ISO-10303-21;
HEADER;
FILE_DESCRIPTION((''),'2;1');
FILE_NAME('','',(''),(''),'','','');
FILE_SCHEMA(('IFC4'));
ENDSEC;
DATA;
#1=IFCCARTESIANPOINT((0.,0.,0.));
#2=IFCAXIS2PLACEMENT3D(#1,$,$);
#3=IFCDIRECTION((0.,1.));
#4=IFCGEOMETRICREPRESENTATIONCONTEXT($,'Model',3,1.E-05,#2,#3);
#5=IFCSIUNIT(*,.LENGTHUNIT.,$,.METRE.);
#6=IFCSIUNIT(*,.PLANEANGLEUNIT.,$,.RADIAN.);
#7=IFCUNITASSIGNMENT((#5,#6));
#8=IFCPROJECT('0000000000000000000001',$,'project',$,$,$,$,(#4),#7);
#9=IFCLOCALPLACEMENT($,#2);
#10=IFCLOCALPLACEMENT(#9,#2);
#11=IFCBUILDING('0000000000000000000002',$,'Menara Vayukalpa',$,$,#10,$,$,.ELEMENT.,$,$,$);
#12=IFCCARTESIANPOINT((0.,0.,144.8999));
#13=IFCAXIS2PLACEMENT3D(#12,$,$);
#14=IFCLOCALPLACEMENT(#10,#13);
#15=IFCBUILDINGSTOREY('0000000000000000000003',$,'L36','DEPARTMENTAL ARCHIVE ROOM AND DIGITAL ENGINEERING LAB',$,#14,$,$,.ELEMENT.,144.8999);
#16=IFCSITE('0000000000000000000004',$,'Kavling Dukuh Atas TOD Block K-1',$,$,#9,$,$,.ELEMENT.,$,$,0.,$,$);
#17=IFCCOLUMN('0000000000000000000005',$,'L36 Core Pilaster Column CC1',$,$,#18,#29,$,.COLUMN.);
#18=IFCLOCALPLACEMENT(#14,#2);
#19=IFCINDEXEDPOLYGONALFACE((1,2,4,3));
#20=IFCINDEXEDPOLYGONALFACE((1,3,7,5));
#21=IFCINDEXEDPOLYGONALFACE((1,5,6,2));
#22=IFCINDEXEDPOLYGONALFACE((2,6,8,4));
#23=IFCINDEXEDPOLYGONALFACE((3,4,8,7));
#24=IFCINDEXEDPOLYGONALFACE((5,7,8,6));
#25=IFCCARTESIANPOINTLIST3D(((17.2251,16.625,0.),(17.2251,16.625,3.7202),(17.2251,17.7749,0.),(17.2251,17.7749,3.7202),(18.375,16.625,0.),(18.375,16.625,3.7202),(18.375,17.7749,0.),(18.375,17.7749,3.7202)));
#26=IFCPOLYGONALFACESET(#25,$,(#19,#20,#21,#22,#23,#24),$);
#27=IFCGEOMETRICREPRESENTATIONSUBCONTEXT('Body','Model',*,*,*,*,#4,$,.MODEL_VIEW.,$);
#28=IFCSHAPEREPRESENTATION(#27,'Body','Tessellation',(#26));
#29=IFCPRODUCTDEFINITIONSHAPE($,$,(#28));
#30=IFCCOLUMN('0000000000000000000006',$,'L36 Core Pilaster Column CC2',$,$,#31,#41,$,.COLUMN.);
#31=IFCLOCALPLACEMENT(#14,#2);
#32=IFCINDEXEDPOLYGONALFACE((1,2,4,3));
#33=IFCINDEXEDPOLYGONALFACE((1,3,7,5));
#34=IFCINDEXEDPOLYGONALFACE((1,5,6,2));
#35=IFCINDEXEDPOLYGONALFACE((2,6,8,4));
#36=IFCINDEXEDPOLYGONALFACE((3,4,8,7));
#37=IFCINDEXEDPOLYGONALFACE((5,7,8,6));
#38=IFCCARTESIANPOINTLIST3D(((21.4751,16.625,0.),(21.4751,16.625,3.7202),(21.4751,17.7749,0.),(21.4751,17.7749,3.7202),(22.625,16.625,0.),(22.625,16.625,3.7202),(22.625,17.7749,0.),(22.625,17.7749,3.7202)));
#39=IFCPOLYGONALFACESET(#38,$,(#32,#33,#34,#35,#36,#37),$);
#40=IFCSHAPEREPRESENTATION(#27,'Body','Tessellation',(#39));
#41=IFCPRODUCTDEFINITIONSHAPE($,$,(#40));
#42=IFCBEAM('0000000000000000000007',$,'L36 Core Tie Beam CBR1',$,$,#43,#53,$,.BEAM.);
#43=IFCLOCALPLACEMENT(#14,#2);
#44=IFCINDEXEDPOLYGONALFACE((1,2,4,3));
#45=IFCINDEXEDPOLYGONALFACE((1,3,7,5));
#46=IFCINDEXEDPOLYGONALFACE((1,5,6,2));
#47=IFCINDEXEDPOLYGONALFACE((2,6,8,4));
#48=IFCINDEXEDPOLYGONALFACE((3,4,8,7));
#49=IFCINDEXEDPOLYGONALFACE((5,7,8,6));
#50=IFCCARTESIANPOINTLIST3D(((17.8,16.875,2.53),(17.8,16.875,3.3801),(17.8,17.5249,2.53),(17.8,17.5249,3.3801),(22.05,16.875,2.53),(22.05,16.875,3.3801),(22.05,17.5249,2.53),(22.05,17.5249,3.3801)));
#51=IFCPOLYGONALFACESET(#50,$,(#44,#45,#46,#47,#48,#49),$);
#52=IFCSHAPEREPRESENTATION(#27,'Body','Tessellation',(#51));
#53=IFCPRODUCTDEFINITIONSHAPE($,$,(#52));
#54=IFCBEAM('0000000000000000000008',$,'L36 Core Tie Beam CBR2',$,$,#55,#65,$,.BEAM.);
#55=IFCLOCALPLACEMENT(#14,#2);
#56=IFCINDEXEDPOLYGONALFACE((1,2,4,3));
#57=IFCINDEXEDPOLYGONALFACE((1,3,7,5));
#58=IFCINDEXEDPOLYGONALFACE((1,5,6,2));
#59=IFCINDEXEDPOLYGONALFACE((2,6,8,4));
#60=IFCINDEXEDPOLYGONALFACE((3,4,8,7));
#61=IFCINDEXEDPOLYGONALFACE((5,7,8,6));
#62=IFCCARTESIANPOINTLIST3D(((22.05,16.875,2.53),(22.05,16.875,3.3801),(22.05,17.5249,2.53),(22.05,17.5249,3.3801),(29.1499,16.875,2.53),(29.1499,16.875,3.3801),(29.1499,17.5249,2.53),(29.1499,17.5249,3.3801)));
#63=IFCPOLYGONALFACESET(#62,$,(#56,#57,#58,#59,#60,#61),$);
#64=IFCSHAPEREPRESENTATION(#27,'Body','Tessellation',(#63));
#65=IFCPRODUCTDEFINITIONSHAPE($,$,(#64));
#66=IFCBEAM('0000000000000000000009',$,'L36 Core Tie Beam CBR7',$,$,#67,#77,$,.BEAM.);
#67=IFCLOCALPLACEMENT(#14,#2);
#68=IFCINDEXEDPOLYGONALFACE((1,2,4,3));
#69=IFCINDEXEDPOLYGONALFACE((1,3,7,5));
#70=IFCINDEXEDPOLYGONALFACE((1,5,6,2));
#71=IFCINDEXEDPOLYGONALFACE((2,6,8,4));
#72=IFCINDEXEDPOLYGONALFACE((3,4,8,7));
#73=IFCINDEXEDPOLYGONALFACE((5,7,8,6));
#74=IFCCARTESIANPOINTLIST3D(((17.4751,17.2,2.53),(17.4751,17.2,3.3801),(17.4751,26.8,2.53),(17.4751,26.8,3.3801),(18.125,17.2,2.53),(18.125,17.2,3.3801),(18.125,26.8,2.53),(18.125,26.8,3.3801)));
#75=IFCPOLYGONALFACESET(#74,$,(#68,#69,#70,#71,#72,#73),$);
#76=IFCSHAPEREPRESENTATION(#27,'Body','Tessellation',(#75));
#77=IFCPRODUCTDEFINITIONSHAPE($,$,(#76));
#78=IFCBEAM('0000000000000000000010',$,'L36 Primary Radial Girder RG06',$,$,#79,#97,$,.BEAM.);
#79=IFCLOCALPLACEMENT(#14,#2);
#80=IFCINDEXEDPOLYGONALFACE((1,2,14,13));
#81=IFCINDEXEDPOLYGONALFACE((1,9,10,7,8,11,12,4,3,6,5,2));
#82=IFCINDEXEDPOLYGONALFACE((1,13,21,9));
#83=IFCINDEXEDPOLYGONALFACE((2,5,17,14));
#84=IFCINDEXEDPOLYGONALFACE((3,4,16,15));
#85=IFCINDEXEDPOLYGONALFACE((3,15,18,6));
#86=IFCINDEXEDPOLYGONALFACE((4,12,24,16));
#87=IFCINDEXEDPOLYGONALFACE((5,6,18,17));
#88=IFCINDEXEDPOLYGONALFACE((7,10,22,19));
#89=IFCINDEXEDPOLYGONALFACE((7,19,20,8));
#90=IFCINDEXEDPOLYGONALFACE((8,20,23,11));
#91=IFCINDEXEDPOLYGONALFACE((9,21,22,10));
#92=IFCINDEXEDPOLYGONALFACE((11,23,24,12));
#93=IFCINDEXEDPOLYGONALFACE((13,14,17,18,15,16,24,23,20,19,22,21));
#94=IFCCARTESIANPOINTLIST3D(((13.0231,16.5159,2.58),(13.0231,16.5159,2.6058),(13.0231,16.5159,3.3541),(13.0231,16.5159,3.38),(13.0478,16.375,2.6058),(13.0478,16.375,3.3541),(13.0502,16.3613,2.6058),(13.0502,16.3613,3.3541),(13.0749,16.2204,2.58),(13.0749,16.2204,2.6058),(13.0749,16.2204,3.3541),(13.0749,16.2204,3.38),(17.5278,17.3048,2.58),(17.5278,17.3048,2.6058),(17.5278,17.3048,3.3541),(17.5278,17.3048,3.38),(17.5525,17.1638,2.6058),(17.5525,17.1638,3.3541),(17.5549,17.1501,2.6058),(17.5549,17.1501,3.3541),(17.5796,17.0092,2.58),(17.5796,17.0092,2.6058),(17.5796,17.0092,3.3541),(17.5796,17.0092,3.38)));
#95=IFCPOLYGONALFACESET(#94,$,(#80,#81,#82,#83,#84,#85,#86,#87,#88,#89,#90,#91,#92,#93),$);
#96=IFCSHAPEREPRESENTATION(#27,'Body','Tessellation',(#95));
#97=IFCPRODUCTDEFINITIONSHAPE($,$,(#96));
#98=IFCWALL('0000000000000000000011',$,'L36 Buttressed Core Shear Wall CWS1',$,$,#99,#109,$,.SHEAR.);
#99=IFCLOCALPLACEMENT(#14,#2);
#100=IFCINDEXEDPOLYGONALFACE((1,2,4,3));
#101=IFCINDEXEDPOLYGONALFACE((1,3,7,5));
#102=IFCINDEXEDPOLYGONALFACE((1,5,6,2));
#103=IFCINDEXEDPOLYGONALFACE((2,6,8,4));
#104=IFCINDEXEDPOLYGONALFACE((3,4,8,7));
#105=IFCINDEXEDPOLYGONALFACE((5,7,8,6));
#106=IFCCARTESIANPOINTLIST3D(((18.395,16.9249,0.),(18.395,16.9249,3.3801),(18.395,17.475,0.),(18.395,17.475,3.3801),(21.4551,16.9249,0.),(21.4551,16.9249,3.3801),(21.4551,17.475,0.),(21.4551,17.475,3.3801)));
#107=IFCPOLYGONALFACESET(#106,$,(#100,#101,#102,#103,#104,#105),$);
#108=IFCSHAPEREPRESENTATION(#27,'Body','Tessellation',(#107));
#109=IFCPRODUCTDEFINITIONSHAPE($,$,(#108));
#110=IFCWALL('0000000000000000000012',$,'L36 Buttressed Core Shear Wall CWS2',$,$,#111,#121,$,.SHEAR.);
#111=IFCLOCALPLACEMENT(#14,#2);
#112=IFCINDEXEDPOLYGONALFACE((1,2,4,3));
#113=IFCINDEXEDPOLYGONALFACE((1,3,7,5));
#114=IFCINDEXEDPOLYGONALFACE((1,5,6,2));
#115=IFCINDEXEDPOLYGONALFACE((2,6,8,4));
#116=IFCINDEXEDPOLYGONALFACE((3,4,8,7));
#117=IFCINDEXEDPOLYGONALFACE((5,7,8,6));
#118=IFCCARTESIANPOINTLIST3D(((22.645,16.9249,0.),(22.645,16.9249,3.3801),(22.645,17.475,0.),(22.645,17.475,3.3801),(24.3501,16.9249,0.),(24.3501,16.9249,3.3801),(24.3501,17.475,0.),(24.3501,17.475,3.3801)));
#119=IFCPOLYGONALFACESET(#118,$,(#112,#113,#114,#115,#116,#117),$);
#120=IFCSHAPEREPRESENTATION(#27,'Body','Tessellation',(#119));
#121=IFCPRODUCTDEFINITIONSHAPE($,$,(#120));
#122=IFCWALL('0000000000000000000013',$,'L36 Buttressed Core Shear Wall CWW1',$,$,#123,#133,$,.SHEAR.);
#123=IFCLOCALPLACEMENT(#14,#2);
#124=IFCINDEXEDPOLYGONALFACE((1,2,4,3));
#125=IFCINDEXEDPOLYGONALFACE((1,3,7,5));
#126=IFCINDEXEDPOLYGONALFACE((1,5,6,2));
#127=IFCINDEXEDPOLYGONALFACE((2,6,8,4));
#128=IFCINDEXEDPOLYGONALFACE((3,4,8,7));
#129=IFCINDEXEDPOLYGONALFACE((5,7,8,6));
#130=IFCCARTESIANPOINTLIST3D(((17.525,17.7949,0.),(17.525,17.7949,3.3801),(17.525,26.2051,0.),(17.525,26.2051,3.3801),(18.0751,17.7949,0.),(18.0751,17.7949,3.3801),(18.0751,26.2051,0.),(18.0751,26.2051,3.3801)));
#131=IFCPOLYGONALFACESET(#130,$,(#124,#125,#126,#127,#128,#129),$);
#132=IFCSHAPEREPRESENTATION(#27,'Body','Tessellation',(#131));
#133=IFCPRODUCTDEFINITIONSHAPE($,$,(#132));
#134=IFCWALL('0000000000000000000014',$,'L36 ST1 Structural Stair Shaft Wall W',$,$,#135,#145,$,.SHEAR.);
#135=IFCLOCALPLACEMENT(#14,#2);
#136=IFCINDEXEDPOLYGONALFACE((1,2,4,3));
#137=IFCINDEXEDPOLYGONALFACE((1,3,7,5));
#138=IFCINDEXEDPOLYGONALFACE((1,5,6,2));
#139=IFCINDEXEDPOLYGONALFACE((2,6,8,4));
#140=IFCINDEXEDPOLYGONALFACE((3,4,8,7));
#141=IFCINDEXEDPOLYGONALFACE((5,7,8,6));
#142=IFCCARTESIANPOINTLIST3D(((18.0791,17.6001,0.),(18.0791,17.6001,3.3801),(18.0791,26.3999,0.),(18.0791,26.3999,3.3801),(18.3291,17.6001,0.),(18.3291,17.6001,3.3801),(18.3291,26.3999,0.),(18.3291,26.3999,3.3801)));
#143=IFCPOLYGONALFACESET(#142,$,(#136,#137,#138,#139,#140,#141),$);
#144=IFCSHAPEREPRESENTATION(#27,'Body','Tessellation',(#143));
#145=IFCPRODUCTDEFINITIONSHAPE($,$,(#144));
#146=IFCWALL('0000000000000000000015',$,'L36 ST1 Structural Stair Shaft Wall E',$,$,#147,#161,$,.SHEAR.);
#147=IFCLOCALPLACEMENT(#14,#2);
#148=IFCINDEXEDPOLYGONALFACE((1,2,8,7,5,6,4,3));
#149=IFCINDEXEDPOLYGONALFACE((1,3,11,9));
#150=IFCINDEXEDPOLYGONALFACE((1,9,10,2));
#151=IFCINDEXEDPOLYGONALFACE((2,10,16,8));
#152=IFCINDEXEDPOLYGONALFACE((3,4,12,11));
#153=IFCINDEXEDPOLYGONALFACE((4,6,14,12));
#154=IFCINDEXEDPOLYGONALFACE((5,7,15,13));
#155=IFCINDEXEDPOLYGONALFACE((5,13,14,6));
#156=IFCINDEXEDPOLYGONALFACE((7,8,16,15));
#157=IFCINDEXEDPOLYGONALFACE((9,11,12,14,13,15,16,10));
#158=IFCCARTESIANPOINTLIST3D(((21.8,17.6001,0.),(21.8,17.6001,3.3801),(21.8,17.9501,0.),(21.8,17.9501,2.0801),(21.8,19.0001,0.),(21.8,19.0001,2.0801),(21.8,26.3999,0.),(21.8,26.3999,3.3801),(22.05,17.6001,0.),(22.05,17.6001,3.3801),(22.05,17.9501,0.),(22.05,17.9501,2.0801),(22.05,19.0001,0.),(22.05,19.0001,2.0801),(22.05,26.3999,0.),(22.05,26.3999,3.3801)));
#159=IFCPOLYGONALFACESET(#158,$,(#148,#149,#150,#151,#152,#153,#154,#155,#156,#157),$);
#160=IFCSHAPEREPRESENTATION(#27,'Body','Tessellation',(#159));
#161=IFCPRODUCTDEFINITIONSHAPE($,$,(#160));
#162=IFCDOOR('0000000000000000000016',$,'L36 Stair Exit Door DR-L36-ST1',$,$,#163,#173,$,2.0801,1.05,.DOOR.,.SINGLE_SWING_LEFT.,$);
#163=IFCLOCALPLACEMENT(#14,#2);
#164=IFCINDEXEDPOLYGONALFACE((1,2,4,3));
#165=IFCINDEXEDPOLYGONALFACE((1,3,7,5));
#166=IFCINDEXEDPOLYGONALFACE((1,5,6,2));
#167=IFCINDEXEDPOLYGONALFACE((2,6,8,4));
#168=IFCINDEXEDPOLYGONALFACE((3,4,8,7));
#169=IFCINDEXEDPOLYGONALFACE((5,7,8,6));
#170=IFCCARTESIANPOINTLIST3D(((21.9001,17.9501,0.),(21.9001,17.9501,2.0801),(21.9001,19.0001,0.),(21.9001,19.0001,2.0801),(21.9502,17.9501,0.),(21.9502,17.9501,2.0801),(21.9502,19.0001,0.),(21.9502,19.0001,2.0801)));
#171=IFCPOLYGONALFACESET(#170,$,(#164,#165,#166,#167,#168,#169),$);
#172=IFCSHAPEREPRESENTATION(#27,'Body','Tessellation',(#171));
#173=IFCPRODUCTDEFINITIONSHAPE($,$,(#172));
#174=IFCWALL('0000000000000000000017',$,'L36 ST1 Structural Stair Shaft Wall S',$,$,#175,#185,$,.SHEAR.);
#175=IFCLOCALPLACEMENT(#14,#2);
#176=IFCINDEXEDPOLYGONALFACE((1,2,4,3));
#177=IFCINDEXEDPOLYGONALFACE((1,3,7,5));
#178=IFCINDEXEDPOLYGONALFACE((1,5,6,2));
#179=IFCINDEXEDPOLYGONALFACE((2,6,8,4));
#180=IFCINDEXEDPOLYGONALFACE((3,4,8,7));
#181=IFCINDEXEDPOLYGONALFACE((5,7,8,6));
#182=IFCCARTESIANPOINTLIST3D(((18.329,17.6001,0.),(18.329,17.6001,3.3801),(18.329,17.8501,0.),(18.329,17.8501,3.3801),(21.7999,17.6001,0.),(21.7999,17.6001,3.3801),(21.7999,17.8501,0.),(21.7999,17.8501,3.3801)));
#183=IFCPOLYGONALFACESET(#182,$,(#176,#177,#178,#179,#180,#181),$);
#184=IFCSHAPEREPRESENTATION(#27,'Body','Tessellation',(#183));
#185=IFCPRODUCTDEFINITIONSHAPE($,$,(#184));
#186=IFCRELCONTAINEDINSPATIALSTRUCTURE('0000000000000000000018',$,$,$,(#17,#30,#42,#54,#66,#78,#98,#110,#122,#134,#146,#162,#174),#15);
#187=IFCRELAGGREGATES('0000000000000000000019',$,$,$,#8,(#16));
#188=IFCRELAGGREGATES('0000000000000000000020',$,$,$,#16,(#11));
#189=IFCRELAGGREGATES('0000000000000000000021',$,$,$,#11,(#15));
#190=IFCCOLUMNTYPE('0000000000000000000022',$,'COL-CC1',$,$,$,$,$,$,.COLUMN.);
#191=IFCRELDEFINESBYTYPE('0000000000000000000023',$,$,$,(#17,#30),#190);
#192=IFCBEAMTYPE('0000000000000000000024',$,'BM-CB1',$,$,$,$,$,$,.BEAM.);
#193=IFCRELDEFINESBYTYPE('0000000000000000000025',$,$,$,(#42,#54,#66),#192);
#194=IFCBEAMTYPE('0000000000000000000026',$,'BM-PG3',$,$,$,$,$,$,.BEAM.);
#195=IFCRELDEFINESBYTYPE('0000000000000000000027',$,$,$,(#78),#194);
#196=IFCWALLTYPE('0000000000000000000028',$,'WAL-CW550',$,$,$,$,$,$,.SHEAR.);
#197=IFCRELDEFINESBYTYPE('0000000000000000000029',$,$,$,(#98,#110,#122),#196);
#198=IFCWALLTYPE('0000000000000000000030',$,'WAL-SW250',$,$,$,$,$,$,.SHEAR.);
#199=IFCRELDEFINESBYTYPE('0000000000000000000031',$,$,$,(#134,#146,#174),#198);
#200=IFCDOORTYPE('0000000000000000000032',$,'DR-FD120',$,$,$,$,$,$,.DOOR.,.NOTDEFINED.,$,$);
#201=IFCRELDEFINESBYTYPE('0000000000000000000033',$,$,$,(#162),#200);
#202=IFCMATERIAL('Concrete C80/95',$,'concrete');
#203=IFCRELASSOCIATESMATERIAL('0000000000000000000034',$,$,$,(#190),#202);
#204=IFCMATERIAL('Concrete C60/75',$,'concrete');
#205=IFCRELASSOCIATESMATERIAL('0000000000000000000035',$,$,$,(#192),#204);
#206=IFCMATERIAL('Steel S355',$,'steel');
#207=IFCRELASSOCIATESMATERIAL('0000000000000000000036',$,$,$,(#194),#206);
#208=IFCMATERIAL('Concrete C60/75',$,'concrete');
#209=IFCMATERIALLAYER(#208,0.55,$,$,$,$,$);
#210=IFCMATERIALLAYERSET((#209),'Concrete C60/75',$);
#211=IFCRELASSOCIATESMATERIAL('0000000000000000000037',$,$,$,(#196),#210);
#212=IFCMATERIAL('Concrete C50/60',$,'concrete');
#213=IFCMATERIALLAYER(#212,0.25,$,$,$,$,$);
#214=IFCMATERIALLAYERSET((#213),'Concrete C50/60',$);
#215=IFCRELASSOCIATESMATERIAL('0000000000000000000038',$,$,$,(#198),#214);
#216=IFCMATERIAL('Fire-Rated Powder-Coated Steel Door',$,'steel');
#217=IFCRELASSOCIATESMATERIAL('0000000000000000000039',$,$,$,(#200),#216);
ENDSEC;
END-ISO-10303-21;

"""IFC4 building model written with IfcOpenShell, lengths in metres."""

from ifc_helpers import new_model, si_unit, direction, frame, frame_2d, origin, origin_2d, place, context, subcontext, project, spatial, rectangle, i_section, extrude, material, layer, layer_set, material_profile, profile_set, type_object, element, fill, save


model = new_model("IFC4")

# Units and contexts
model_context = context("Model", 3, precision=1e-05, world=origin(), true_north=direction((0.0, 1.0)))
body_context = subcontext(model_context, "Body", "Model", "MODEL_VIEW")
ifc_project = project(units=[si_unit("LENGTHUNIT", "METRE"), si_unit("PLANEANGLEUNIT", "RADIAN")], contexts=[model_context])

# Site, building, storey
site_placement = place(None, origin())
site = spatial("IfcSite", under=ifc_project, at=site_placement, Name="Kavling Dukuh Atas TOD Block K-1", CompositionType="ELEMENT", RefElevation=0.0)
building_placement = place(site_placement, origin())
building = spatial("IfcBuilding", under=site, at=building_placement, Name="Menara Vayukalpa", CompositionType="ELEMENT")
storey_placement = place(building_placement, frame((0.0, 0.0, 144.8999)))
storey = spatial("IfcBuildingStorey", under=building, at=storey_placement, Name="L36", Description="DEPARTMENTAL ARCHIVE ROOM AND DIGITAL ENGINEERING LAB", CompositionType="ELEMENT", Elevation=144.8999)

# Columns
ifc_material_1 = material(Name="Concrete C80/95", Category="concrete")
ifc_material_profile_1 = material_profile(ifc_material_1, rectangle(XDim=1.1499, YDim=1.1499, at=origin_2d()), Name="RC 1150x1150")
ifc_profile_set_1 = profile_set([ifc_material_profile_1], Name="Concrete C80/95")
column_type = type_object("IfcColumnType", Name="COL-CC1", PredefinedType="COLUMN", material=ifc_profile_set_1)
for number, where, z_axis, x_axis, name in (
    (1, (17.8, 17.2, 0.0), (0.0, 0.0, 1.0), (1.0, 0.0, 0.0), "L36 Core Pilaster Column CC1"),
    (2, (22.05, 17.2, 0.0), (0.0, 0.0, 1.0), (1.0, 0.0, 0.0), "L36 Core Pilaster Column CC2"),
):
    element("IfcColumn", number, at=place(storey_placement, frame(where, z_axis=z_axis, x_axis=x_axis)), inside=storey, type_object=column_type, Name=name, PredefinedType="COLUMN", context=body_context, shape_type="SweptSolid", body=[
        extrude(rectangle(XDim=1.1499, YDim=1.1499, at=origin_2d()), origin(), (0.0, 0.0, 1.0), 3.7202),
    ])

# Beams
ifc_material_2 = material(Name="Concrete C60/75", Category="concrete")
ifc_material_profile_2 = material_profile(ifc_material_2, rectangle(XDim=0.6499, YDim=0.8501, at=origin_2d()), Name="RC 650x850")
ifc_profile_set_2 = profile_set([ifc_material_profile_2], Name="Concrete C60/75")
beam_type_1 = type_object("IfcBeamType", Name="BM-CB1", PredefinedType="BEAM", material=ifc_profile_set_2)
beam_1_placement = place(storey_placement, frame((17.8, 17.2, 2.9551), z_axis=(1.0, 0.0, 0.0), x_axis=(0.0, 1.0, 0.0)))
element("IfcBeam", 3, at=beam_1_placement, inside=storey, type_object=beam_type_1, Name="L36 Core Tie Beam CBR1", PredefinedType="BEAM", context=body_context, shape_type="SweptSolid", body=[
    extrude(rectangle(XDim=0.6499, YDim=0.8501, at=origin_2d()), origin(), (0.0, 0.0, 1.0), 4.25),
])
beam_2_placement = place(storey_placement, frame((22.05, 17.2, 2.9551), z_axis=(1.0, 0.0, 0.0), x_axis=(0.0, 1.0, 0.0)))
element("IfcBeam", 4, at=beam_2_placement, inside=storey, type_object=beam_type_1, Name="L36 Core Tie Beam CBR2", PredefinedType="BEAM", context=body_context, shape_type="SweptSolid", body=[
    extrude(rectangle(XDim=0.6499, YDim=0.8501, at=origin_2d()), origin(), (0.0, 0.0, 1.0), 7.0999),
])
beam_3_placement = place(storey_placement, frame((17.8, 17.2, 2.9551), z_axis=(0.0, 1.0, 0.0), x_axis=(-1.0, 0.0, 0.0)))
element("IfcBeam", 5, at=beam_3_placement, inside=storey, type_object=beam_type_1, Name="L36 Core Tie Beam CBR7", PredefinedType="BEAM", context=body_context, shape_type="SweptSolid", body=[
    extrude(rectangle(XDim=0.6499, YDim=0.8501, at=origin_2d()), origin(), (0.0, 0.0, 1.0), 9.6001),
])
ifc_material_3 = material(Name="Steel S355", Category="steel")
ifc_material_profile_3 = material_profile(ifc_material_3, i_section(OverallWidth=0.3, OverallDepth=0.8, WebThickness=0.0139, FlangeThickness=0.0259, at=origin_2d()), Name="WF 800x300x14x26")
ifc_profile_set_3 = profile_set([ifc_material_profile_3], Name="Steel S355")
beam_type_2 = type_object("IfcBeamType", Name="BM-PG3", PredefinedType="BEAM", material=ifc_profile_set_3)
beam_4_placement = place(storey_placement, frame((17.5537, 17.157, 2.98), z_axis=(-0.985012, -0.172488, 0.0), x_axis=(0.172488, -0.985012, 0.0)))
element("IfcBeam", 6, at=beam_4_placement, inside=storey, type_object=beam_type_2, Name="L36 Primary Radial Girder RG06", PredefinedType="BEAM", context=body_context, shape_type="SweptSolid", body=[
    extrude(i_section(OverallWidth=0.3, OverallDepth=0.8, WebThickness=0.0139, FlangeThickness=0.0259, at=origin_2d()), origin(), (0.0, 0.0, 1.0), 4.5732),
])

# Walls
ifc_material_4 = material(Name="Concrete C60/75", Category="concrete")
ifc_layer_1 = layer(ifc_material_4, 0.55)
ifc_layer_set_1 = layer_set([ifc_layer_1], Name="Concrete C60/75")
wall_type_1 = type_object("IfcWallType", Name="WAL-CW550", PredefinedType="SHEAR", material=ifc_layer_set_1)
wall_1_placement = place(storey_placement, frame((18.395, 17.2, 0.0), z_axis=(0.0, 0.0, 1.0), x_axis=(1.0, 0.0, 0.0)))
element("IfcWall", 7, at=wall_1_placement, inside=storey, type_object=wall_type_1, Name="L36 Buttressed Core Shear Wall CWS1", PredefinedType="SHEAR", context=body_context, shape_type="SweptSolid", body=[
    extrude(rectangle(XDim=3.0601, YDim=0.55, at=frame_2d((1.53, 0.0))), origin(), (0.0, 0.0, 1.0), 3.3801),
])
wall_2_placement = place(storey_placement, frame((22.645, 17.2, 0.0), z_axis=(0.0, 0.0, 1.0), x_axis=(1.0, 0.0, 0.0)))
element("IfcWall", 8, at=wall_2_placement, inside=storey, type_object=wall_type_1, Name="L36 Buttressed Core Shear Wall CWS2", PredefinedType="SHEAR", context=body_context, shape_type="SweptSolid", body=[
    extrude(rectangle(XDim=1.7051, YDim=0.55, at=frame_2d((0.8525, 0.0))), origin(), (0.0, 0.0, 1.0), 3.3801),
])
wall_3_placement = place(storey_placement, frame((17.8, 17.7949, 0.0), z_axis=(0.0, 0.0, 1.0), x_axis=(0.0, 1.0, 0.0)))
element("IfcWall", 9, at=wall_3_placement, inside=storey, type_object=wall_type_1, Name="L36 Buttressed Core Shear Wall CWW1", PredefinedType="SHEAR", context=body_context, shape_type="SweptSolid", body=[
    extrude(rectangle(XDim=8.4102, YDim=0.55, at=frame_2d((4.2051, 0.0))), origin(), (0.0, 0.0, 1.0), 3.3801),
])
ifc_material_5 = material(Name="Concrete C50/60", Category="concrete")
ifc_layer_2 = layer(ifc_material_5, 0.25)
ifc_layer_set_2 = layer_set([ifc_layer_2], Name="Concrete C50/60")
wall_type_2 = type_object("IfcWallType", Name="WAL-SW250", PredefinedType="SHEAR", material=ifc_layer_set_2)
wall_4_placement = place(storey_placement, frame((18.2041, 17.6001, 0.0), z_axis=(0.0, 0.0, 1.0), x_axis=(0.0, 1.0, 0.0)))
element("IfcWall", 10, at=wall_4_placement, inside=storey, type_object=wall_type_2, Name="L36 ST1 Structural Stair Shaft Wall W", PredefinedType="SHEAR", context=body_context, shape_type="SweptSolid", body=[
    extrude(rectangle(XDim=8.7998, YDim=0.25, at=frame_2d((4.3999, 0.0))), origin(), (0.0, 0.0, 1.0), 3.3801),
])

# Wall, opening, door
wall_5_placement = place(storey_placement, frame((21.925, 17.6001, 0.0), z_axis=(0.0, 0.0, 1.0), x_axis=(0.0, 1.0, 0.0)))
wall_5 = element("IfcWall", 11, at=wall_5_placement, inside=storey, type_object=wall_type_2, Name="L36 ST1 Structural Stair Shaft Wall E", PredefinedType="SHEAR", context=body_context, shape_type="SweptSolid", body=[
    extrude(rectangle(XDim=8.7998, YDim=0.25, at=frame_2d((4.3999, 0.0))), origin(), (0.0, 0.0, 1.0), 3.3801),
])
opening_placement = place(wall_5_placement, frame((0.3501, 0.0, 0.0)))
opening = element("IfcOpeningElement", 12, at=opening_placement, cuts=wall_5, PredefinedType="OPENING", context=body_context, shape_type="SweptSolid", body=[
    extrude(rectangle(XDim=1.05, YDim=2.0801, at=frame_2d((0.5249, 1.04))), frame((0.0, 0.135, 0.0), z_axis=(0.0, -1.0, 0.0), x_axis=(1.0, 0.0, 0.0)), (0.0, 0.0, 1.0), 0.27),
])
ifc_material_6 = material(Name="Fire-Rated Powder-Coated Steel Door", Category="steel")
door_type = type_object("IfcDoorType", Name="DR-FD120", OperationType="NOTDEFINED", PredefinedType="DOOR", material=ifc_material_6)
door_placement = place(opening_placement, origin())
door = element("IfcDoor", 13, at=door_placement, inside=storey, type_object=door_type, Name="L36 Stair Exit Door DR-L36-ST1", OperationType="SINGLE_SWING_LEFT", OverallHeight=2.0801, OverallWidth=1.05, PredefinedType="DOOR", context=body_context, shape_type="SweptSolid", body=[
    extrude(rectangle(XDim=1.05, YDim=2.0801, at=frame_2d((0.5249, 1.04))), frame((0.0, 0.0249, 0.0), z_axis=(0.0, -1.0, 0.0), x_axis=(1.0, 0.0, 0.0)), (0.0, 0.0, 1.0), 0.05),
])
fill(opening, door)

# Wall
wall_6_placement = place(storey_placement, frame((18.3291, 17.7251, 0.0), z_axis=(0.0, 0.0, 1.0), x_axis=(1.0, 0.0, 0.0)))
element("IfcWall", 14, at=wall_6_placement, inside=storey, type_object=wall_type_2, Name="L36 ST1 Structural Stair Shaft Wall S", PredefinedType="SHEAR", context=body_context, shape_type="SweptSolid", body=[
    extrude(rectangle(XDim=3.4709, YDim=0.25, at=frame_2d((1.7354, 0.0))), origin(), (0.0, 0.0, 1.0), 3.3801),
])

save(model, "model.ifc")
